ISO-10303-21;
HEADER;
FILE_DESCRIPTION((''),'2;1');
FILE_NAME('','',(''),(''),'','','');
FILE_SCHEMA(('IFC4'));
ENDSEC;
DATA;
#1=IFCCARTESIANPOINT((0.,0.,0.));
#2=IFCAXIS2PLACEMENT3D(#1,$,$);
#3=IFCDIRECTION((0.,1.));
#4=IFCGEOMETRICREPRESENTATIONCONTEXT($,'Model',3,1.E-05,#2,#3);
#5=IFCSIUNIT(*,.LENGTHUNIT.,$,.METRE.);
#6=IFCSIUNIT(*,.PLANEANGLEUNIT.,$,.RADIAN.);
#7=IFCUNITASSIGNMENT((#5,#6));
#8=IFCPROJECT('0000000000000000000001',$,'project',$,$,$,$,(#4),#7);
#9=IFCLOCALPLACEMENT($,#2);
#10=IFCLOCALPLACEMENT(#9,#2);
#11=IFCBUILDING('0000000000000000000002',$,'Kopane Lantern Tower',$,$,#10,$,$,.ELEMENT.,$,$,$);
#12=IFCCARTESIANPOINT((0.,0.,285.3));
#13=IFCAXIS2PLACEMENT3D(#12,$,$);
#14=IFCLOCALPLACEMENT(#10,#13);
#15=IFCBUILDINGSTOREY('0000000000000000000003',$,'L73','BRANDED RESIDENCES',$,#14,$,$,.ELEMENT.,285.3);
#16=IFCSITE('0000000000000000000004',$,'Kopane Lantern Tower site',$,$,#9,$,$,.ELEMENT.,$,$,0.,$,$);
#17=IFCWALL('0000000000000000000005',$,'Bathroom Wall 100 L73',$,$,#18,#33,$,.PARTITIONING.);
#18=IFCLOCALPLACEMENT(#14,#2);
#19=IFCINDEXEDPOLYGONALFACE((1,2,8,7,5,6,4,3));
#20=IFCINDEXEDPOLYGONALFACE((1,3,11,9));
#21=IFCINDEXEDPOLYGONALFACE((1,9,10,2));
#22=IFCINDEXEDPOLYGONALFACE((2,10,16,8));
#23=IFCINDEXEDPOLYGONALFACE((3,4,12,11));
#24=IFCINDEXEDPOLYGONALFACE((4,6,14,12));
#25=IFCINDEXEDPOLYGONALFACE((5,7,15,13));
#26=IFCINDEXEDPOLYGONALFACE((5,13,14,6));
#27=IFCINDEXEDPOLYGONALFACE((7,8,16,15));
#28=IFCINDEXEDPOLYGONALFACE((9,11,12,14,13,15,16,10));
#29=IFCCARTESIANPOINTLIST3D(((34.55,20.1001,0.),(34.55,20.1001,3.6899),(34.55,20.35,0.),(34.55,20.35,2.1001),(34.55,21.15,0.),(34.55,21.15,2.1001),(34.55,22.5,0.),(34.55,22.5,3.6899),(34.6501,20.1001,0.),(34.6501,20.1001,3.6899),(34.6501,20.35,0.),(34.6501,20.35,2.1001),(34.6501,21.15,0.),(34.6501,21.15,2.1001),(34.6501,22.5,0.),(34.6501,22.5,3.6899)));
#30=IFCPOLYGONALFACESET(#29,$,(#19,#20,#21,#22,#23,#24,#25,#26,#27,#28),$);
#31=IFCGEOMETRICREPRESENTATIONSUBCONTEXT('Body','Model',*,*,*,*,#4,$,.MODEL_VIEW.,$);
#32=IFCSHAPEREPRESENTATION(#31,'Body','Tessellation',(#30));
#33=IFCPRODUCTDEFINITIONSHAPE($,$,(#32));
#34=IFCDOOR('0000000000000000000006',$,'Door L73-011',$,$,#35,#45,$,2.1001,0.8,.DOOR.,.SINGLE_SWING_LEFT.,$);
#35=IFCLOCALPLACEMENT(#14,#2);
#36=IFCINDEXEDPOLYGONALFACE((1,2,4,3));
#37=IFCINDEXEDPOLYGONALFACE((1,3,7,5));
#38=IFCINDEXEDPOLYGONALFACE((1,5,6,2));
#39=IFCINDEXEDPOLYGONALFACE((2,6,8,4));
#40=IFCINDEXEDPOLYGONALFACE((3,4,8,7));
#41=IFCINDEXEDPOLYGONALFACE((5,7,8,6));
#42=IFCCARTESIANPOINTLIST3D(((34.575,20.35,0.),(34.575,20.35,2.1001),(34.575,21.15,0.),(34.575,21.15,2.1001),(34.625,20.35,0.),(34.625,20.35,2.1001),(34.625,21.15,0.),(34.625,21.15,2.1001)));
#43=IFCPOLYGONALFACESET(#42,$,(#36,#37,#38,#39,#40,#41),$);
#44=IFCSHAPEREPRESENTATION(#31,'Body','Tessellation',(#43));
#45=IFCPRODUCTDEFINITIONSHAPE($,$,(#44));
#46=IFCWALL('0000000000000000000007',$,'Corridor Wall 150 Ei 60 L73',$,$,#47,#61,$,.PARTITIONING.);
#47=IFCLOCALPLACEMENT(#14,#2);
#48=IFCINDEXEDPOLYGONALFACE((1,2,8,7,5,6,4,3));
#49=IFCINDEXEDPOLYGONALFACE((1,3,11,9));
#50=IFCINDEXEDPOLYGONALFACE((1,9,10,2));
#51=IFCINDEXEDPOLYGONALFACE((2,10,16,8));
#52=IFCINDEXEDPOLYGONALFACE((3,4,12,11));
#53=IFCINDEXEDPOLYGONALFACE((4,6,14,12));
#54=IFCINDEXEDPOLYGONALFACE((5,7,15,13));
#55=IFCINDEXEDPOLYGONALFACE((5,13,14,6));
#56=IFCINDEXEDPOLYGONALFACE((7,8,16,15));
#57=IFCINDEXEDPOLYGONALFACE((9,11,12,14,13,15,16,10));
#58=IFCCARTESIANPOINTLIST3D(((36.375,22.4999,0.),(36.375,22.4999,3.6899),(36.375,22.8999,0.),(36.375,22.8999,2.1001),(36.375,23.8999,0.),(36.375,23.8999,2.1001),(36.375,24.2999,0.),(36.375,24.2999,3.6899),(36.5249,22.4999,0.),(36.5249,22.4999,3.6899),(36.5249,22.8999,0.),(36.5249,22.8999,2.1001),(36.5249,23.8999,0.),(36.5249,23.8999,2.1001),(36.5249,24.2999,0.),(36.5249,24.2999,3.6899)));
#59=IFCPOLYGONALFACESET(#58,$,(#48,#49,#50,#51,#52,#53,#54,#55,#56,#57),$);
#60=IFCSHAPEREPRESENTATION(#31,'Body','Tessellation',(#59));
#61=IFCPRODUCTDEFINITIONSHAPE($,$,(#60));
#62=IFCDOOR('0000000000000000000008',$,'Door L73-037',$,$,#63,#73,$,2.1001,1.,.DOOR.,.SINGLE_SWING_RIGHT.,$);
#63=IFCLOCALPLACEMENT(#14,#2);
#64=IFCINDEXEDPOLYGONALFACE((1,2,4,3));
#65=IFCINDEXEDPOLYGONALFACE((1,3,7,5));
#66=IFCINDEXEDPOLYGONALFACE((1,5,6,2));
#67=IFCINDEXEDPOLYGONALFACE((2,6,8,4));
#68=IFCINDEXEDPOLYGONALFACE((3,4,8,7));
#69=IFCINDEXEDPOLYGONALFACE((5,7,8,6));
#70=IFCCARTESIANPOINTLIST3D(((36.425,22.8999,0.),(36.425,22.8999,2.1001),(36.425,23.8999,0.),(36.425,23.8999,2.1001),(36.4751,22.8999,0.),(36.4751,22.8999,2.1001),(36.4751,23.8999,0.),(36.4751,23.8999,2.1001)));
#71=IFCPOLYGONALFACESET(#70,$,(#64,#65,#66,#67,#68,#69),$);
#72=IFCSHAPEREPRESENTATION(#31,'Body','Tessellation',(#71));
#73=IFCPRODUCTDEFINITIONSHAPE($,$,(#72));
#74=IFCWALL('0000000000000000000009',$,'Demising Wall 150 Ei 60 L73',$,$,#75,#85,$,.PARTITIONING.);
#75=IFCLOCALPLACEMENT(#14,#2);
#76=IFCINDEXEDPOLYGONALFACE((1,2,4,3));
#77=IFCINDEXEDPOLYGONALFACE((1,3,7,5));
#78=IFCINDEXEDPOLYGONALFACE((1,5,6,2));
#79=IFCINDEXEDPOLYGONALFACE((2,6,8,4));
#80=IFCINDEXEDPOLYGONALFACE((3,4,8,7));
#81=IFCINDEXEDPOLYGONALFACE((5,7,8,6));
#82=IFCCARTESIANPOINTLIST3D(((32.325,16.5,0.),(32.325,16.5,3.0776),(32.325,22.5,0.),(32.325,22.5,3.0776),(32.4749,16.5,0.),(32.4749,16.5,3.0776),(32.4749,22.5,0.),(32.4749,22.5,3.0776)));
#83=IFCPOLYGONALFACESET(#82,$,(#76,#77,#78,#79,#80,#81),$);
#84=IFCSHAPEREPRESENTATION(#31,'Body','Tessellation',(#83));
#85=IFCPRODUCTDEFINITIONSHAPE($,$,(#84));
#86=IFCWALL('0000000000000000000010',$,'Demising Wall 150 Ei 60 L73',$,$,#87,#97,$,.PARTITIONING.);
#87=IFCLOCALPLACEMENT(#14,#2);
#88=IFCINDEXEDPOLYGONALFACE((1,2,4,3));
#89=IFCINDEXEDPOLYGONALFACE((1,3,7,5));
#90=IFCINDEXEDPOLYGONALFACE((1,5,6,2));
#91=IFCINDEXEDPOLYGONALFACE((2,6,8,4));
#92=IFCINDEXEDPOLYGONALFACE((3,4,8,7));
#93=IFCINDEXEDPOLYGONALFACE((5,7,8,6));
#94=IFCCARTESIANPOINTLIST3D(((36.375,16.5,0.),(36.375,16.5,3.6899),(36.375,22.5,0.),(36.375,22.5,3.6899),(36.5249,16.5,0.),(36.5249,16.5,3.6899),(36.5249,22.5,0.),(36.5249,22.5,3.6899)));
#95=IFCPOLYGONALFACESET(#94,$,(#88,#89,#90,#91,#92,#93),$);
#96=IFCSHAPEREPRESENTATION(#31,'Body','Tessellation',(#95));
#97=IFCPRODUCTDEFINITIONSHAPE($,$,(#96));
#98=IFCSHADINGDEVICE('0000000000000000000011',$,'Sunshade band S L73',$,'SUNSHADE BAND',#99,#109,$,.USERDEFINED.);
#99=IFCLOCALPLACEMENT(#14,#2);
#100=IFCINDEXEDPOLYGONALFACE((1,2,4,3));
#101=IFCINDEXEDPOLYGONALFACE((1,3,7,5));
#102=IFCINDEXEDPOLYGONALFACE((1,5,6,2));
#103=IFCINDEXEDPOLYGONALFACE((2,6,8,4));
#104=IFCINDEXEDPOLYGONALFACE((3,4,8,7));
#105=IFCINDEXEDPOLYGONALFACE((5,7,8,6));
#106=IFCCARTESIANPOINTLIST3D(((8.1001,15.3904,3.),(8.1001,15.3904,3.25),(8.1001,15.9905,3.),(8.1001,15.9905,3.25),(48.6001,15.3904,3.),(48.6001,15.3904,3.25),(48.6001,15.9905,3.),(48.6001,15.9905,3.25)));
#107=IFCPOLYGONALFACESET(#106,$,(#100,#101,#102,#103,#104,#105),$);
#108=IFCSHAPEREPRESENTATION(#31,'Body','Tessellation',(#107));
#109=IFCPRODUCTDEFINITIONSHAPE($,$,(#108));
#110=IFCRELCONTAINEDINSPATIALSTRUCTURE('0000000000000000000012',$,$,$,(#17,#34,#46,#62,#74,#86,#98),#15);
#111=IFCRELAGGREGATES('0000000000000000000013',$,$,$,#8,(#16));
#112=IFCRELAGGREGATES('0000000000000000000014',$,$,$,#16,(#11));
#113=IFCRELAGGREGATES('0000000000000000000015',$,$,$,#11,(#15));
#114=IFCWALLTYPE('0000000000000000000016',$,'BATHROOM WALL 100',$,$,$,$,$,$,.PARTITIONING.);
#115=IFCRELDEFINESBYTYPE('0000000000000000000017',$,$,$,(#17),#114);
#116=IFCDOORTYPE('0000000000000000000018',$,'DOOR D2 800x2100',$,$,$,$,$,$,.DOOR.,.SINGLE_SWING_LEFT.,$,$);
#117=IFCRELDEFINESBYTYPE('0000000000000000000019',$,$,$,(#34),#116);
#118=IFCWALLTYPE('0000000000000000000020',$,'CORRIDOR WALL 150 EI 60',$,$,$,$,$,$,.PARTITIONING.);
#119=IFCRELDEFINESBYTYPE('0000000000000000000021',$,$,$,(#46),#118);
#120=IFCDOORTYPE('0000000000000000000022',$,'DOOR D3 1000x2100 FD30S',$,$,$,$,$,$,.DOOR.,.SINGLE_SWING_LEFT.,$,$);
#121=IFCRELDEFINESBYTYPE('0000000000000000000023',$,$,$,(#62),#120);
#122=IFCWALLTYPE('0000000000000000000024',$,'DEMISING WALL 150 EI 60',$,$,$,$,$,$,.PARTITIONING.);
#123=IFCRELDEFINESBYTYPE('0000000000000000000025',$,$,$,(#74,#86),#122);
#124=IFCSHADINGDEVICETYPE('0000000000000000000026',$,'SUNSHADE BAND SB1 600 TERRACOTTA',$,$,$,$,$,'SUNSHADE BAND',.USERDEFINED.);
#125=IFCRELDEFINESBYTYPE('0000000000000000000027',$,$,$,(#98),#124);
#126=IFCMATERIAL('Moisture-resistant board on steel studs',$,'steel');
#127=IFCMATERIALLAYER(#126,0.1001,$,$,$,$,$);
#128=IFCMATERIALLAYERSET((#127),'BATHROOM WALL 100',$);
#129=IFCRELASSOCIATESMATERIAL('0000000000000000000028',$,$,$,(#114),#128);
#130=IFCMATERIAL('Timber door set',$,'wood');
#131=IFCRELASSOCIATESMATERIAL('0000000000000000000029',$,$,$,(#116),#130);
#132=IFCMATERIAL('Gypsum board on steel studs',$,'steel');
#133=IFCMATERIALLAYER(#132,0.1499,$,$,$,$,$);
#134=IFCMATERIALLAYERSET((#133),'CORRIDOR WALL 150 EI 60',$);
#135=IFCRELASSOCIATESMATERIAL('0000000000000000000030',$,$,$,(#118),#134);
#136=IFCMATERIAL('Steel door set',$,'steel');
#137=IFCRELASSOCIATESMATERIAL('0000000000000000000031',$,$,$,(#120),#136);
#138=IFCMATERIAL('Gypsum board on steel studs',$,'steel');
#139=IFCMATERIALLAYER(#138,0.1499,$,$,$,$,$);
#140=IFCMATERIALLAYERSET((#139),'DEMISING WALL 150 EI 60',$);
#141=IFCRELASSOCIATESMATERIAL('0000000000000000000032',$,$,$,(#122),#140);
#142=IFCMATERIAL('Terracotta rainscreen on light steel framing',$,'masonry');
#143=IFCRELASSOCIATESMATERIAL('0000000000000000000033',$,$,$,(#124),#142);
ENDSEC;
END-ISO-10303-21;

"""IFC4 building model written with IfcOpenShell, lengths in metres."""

from ifc_helpers import new_model, si_unit, direction, frame, frame_2d, origin, origin_2d, place, context, subcontext, project, spatial, rectangle, extrude, material, layer, layer_set, type_object, element, fill, save


model = new_model("IFC4")

# Units and contexts
model_context = context("Model", 3, precision=1e-05, world=origin(), true_north=direction((0.0, 1.0)))
body_context = subcontext(model_context, "Body", "Model", "MODEL_VIEW")
ifc_project = project(units=[si_unit("LENGTHUNIT", "METRE"), si_unit("PLANEANGLEUNIT", "RADIAN")], contexts=[model_context])

# Site, building, storey
site_placement = place(None, origin())
site = spatial("IfcSite", under=ifc_project, at=site_placement, Name="Kopane Lantern Tower site", CompositionType="ELEMENT", RefElevation=0.0)
building_placement = place(site_placement, origin())
building = spatial("IfcBuilding", under=site, at=building_placement, Name="Kopane Lantern Tower", CompositionType="ELEMENT")
storey_placement = place(building_placement, frame((0.0, 0.0, 285.3)))
storey = spatial("IfcBuildingStorey", under=building, at=storey_placement, Name="L73", Description="BRANDED RESIDENCES", CompositionType="ELEMENT", Elevation=285.3)

# Shared definitions
ifc_material_1 = material(Name="Moisture-resistant board on steel studs", Category="steel")
ifc_layer_1 = layer(ifc_material_1, 0.1001)
ifc_layer_set_1 = layer_set([ifc_layer_1], Name="BATHROOM WALL 100")
wall_type_1 = type_object("IfcWallType", Name="BATHROOM WALL 100", PredefinedType="PARTITIONING", material=ifc_layer_set_1)
ifc_material_2 = material(Name="Timber door set", Category="wood")
door_type_1 = type_object("IfcDoorType", Name="DOOR D2 800x2100", OperationType="SINGLE_SWING_LEFT", PredefinedType="DOOR", material=ifc_material_2)

# Walls, openings, doors
wall_1_placement = place(storey_placement, frame((34.6001, 22.5, 0.0), z_axis=(0.0, 0.0, 1.0), x_axis=(0.0, -1.0, 0.0)))
wall_1 = element("IfcWall", 1, at=wall_1_placement, inside=storey, type_object=wall_type_1, Name="Bathroom Wall 100 L73", PredefinedType="PARTITIONING", context=body_context, shape_type="SweptSolid", body=[
    extrude(rectangle(XDim=2.3999, YDim=0.1001, at=frame_2d((1.2, 0.0))), origin(), (0.0, 0.0, 1.0), 3.6899),
])
opening_1_placement = place(wall_1_placement, frame((1.3501, 0.0, 0.0)))
opening_1 = element("IfcOpeningElement", 2, at=opening_1_placement, cuts=wall_1, PredefinedType="OPENING", context=body_context, shape_type="SweptSolid", body=[
    extrude(rectangle(XDim=0.8, YDim=2.1001, at=frame_2d((0.3999, 1.05))), frame((0.0, 0.0601, 0.0), z_axis=(0.0, -1.0, 0.0), x_axis=(1.0, 0.0, 0.0)), (0.0, 0.0, 1.0), 0.1201),
])
door_1_placement = place(opening_1_placement, origin())
door_1 = element("IfcDoor", 3, at=door_1_placement, inside=storey, type_object=door_type_1, Name="Door L73-011", OperationType="SINGLE_SWING_LEFT", OverallHeight=2.1001, OverallWidth=0.8, PredefinedType="DOOR", context=body_context, shape_type="SweptSolid", body=[
    extrude(rectangle(XDim=0.8, YDim=2.1001, at=frame_2d((0.3999, 1.05))), frame((0.0, 0.0249, 0.0), z_axis=(0.0, -1.0, 0.0), x_axis=(1.0, 0.0, 0.0)), (0.0, 0.0, 1.0), 0.05),
])
fill(opening_1, door_1)
ifc_material_3 = material(Name="Gypsum board on steel studs", Category="steel")
ifc_layer_2 = layer(ifc_material_3, 0.1499)
ifc_layer_set_2 = layer_set([ifc_layer_2], Name="CORRIDOR WALL 150 EI 60")
wall_type_2 = type_object("IfcWallType", Name="CORRIDOR WALL 150 EI 60", PredefinedType="PARTITIONING", material=ifc_layer_set_2)
wall_2_placement = place(storey_placement, frame((36.45, 22.5, 0.0), z_axis=(0.0, 0.0, 1.0), x_axis=(0.0, 1.0, 0.0)))
wall_2 = element("IfcWall", 4, at=wall_2_placement, inside=storey, type_object=wall_type_2, Name="Corridor Wall 150 Ei 60 L73", PredefinedType="PARTITIONING", context=body_context, shape_type="SweptSolid", body=[
    extrude(rectangle(XDim=1.8, YDim=0.1499, at=frame_2d((0.8999, 0.0))), origin(), (0.0, 0.0, 1.0), 3.6899),
])
opening_2_placement = place(wall_2_placement, frame((0.3999, 0.0, 0.0)))
opening_2 = element("IfcOpeningElement", 5, at=opening_2_placement, cuts=wall_2, PredefinedType="OPENING", context=body_context, shape_type="SweptSolid", body=[
    extrude(rectangle(XDim=1.0, YDim=2.1001, at=frame_2d((0.5, 1.05))), frame((0.0, 0.085, 0.0), z_axis=(0.0, -1.0, 0.0), x_axis=(1.0, 0.0, 0.0)), (0.0, 0.0, 1.0), 0.1699),
])
ifc_material_4 = material(Name="Steel door set", Category="steel")
door_type_2 = type_object("IfcDoorType", Name="DOOR D3 1000x2100 FD30S", OperationType="SINGLE_SWING_LEFT", PredefinedType="DOOR", material=ifc_material_4)
door_2_placement = place(opening_2_placement, origin())
door_2 = element("IfcDoor", 6, at=door_2_placement, inside=storey, type_object=door_type_2, Name="Door L73-037", OperationType="SINGLE_SWING_RIGHT", OverallHeight=2.1001, OverallWidth=1.0, PredefinedType="DOOR", context=body_context, shape_type="SweptSolid", body=[
    extrude(rectangle(XDim=1.0, YDim=2.1001, at=frame_2d((0.5, 1.05))), frame((0.0, 0.0249, 0.0), z_axis=(0.0, -1.0, 0.0), x_axis=(1.0, 0.0, 0.0)), (0.0, 0.0, 1.0), 0.05),
])
fill(opening_2, door_2)

# Walls
ifc_material_5 = material(Name="Gypsum board on steel studs", Category="steel")
ifc_layer_3 = layer(ifc_material_5, 0.1499)
ifc_layer_set_3 = layer_set([ifc_layer_3], Name="DEMISING WALL 150 EI 60")
wall_type_3 = type_object("IfcWallType", Name="DEMISING WALL 150 EI 60", PredefinedType="PARTITIONING", material=ifc_layer_set_3)
wall_3_placement = place(storey_placement, frame((32.3999, 22.5, 0.0), z_axis=(0.0, 0.0, 1.0), x_axis=(0.0, -1.0, 0.0)))
element("IfcWall", 7, at=wall_3_placement, inside=storey, type_object=wall_type_3, Name="Demising Wall 150 Ei 60 L73", PredefinedType="PARTITIONING", context=body_context, shape_type="SweptSolid", body=[
    extrude(rectangle(XDim=6.0, YDim=0.1499, at=frame_2d((3.0, 0.0))), origin(), (0.0, 0.0, 1.0), 3.0776),
])
wall_4_placement = place(storey_placement, frame((36.45, 16.5, 0.0), z_axis=(0.0, 0.0, 1.0), x_axis=(0.0, 1.0, 0.0)))
element("IfcWall", 8, at=wall_4_placement, inside=storey, type_object=wall_type_3, Name="Demising Wall 150 Ei 60 L73", PredefinedType="PARTITIONING", context=body_context, shape_type="SweptSolid", body=[
    extrude(rectangle(XDim=6.0, YDim=0.1499, at=frame_2d((3.0, 0.0))), origin(), (0.0, 0.0, 1.0), 3.6899),
])

# Shading device
ifc_material_6 = material(Name="Terracotta rainscreen on light steel framing", Category="masonry")
shading_device_type = type_object("IfcShadingDeviceType", Name="SUNSHADE BAND SB1 600 TERRACOTTA", ElementType="SUNSHADE BAND", PredefinedType="USERDEFINED", material=ifc_material_6)
shading_device_placement = place(storey_placement, frame((28.3501, 15.6904, 3.0), z_axis=(0.0, 0.0, 1.0), x_axis=(1.0, 0.0, 0.0)))
element("IfcShadingDevice", 9, at=shading_device_placement, inside=storey, type_object=shading_device_type, Name="Sunshade band S L73", ObjectType="SUNSHADE BAND", PredefinedType="USERDEFINED", context=body_context, shape_type="SweptSolid", body=[
    extrude(rectangle(XDim=40.5, YDim=0.6001, at=origin_2d()), origin(), (0.0, 0.0, 1.0), 0.25),
])

save(model, "model.ifc")
